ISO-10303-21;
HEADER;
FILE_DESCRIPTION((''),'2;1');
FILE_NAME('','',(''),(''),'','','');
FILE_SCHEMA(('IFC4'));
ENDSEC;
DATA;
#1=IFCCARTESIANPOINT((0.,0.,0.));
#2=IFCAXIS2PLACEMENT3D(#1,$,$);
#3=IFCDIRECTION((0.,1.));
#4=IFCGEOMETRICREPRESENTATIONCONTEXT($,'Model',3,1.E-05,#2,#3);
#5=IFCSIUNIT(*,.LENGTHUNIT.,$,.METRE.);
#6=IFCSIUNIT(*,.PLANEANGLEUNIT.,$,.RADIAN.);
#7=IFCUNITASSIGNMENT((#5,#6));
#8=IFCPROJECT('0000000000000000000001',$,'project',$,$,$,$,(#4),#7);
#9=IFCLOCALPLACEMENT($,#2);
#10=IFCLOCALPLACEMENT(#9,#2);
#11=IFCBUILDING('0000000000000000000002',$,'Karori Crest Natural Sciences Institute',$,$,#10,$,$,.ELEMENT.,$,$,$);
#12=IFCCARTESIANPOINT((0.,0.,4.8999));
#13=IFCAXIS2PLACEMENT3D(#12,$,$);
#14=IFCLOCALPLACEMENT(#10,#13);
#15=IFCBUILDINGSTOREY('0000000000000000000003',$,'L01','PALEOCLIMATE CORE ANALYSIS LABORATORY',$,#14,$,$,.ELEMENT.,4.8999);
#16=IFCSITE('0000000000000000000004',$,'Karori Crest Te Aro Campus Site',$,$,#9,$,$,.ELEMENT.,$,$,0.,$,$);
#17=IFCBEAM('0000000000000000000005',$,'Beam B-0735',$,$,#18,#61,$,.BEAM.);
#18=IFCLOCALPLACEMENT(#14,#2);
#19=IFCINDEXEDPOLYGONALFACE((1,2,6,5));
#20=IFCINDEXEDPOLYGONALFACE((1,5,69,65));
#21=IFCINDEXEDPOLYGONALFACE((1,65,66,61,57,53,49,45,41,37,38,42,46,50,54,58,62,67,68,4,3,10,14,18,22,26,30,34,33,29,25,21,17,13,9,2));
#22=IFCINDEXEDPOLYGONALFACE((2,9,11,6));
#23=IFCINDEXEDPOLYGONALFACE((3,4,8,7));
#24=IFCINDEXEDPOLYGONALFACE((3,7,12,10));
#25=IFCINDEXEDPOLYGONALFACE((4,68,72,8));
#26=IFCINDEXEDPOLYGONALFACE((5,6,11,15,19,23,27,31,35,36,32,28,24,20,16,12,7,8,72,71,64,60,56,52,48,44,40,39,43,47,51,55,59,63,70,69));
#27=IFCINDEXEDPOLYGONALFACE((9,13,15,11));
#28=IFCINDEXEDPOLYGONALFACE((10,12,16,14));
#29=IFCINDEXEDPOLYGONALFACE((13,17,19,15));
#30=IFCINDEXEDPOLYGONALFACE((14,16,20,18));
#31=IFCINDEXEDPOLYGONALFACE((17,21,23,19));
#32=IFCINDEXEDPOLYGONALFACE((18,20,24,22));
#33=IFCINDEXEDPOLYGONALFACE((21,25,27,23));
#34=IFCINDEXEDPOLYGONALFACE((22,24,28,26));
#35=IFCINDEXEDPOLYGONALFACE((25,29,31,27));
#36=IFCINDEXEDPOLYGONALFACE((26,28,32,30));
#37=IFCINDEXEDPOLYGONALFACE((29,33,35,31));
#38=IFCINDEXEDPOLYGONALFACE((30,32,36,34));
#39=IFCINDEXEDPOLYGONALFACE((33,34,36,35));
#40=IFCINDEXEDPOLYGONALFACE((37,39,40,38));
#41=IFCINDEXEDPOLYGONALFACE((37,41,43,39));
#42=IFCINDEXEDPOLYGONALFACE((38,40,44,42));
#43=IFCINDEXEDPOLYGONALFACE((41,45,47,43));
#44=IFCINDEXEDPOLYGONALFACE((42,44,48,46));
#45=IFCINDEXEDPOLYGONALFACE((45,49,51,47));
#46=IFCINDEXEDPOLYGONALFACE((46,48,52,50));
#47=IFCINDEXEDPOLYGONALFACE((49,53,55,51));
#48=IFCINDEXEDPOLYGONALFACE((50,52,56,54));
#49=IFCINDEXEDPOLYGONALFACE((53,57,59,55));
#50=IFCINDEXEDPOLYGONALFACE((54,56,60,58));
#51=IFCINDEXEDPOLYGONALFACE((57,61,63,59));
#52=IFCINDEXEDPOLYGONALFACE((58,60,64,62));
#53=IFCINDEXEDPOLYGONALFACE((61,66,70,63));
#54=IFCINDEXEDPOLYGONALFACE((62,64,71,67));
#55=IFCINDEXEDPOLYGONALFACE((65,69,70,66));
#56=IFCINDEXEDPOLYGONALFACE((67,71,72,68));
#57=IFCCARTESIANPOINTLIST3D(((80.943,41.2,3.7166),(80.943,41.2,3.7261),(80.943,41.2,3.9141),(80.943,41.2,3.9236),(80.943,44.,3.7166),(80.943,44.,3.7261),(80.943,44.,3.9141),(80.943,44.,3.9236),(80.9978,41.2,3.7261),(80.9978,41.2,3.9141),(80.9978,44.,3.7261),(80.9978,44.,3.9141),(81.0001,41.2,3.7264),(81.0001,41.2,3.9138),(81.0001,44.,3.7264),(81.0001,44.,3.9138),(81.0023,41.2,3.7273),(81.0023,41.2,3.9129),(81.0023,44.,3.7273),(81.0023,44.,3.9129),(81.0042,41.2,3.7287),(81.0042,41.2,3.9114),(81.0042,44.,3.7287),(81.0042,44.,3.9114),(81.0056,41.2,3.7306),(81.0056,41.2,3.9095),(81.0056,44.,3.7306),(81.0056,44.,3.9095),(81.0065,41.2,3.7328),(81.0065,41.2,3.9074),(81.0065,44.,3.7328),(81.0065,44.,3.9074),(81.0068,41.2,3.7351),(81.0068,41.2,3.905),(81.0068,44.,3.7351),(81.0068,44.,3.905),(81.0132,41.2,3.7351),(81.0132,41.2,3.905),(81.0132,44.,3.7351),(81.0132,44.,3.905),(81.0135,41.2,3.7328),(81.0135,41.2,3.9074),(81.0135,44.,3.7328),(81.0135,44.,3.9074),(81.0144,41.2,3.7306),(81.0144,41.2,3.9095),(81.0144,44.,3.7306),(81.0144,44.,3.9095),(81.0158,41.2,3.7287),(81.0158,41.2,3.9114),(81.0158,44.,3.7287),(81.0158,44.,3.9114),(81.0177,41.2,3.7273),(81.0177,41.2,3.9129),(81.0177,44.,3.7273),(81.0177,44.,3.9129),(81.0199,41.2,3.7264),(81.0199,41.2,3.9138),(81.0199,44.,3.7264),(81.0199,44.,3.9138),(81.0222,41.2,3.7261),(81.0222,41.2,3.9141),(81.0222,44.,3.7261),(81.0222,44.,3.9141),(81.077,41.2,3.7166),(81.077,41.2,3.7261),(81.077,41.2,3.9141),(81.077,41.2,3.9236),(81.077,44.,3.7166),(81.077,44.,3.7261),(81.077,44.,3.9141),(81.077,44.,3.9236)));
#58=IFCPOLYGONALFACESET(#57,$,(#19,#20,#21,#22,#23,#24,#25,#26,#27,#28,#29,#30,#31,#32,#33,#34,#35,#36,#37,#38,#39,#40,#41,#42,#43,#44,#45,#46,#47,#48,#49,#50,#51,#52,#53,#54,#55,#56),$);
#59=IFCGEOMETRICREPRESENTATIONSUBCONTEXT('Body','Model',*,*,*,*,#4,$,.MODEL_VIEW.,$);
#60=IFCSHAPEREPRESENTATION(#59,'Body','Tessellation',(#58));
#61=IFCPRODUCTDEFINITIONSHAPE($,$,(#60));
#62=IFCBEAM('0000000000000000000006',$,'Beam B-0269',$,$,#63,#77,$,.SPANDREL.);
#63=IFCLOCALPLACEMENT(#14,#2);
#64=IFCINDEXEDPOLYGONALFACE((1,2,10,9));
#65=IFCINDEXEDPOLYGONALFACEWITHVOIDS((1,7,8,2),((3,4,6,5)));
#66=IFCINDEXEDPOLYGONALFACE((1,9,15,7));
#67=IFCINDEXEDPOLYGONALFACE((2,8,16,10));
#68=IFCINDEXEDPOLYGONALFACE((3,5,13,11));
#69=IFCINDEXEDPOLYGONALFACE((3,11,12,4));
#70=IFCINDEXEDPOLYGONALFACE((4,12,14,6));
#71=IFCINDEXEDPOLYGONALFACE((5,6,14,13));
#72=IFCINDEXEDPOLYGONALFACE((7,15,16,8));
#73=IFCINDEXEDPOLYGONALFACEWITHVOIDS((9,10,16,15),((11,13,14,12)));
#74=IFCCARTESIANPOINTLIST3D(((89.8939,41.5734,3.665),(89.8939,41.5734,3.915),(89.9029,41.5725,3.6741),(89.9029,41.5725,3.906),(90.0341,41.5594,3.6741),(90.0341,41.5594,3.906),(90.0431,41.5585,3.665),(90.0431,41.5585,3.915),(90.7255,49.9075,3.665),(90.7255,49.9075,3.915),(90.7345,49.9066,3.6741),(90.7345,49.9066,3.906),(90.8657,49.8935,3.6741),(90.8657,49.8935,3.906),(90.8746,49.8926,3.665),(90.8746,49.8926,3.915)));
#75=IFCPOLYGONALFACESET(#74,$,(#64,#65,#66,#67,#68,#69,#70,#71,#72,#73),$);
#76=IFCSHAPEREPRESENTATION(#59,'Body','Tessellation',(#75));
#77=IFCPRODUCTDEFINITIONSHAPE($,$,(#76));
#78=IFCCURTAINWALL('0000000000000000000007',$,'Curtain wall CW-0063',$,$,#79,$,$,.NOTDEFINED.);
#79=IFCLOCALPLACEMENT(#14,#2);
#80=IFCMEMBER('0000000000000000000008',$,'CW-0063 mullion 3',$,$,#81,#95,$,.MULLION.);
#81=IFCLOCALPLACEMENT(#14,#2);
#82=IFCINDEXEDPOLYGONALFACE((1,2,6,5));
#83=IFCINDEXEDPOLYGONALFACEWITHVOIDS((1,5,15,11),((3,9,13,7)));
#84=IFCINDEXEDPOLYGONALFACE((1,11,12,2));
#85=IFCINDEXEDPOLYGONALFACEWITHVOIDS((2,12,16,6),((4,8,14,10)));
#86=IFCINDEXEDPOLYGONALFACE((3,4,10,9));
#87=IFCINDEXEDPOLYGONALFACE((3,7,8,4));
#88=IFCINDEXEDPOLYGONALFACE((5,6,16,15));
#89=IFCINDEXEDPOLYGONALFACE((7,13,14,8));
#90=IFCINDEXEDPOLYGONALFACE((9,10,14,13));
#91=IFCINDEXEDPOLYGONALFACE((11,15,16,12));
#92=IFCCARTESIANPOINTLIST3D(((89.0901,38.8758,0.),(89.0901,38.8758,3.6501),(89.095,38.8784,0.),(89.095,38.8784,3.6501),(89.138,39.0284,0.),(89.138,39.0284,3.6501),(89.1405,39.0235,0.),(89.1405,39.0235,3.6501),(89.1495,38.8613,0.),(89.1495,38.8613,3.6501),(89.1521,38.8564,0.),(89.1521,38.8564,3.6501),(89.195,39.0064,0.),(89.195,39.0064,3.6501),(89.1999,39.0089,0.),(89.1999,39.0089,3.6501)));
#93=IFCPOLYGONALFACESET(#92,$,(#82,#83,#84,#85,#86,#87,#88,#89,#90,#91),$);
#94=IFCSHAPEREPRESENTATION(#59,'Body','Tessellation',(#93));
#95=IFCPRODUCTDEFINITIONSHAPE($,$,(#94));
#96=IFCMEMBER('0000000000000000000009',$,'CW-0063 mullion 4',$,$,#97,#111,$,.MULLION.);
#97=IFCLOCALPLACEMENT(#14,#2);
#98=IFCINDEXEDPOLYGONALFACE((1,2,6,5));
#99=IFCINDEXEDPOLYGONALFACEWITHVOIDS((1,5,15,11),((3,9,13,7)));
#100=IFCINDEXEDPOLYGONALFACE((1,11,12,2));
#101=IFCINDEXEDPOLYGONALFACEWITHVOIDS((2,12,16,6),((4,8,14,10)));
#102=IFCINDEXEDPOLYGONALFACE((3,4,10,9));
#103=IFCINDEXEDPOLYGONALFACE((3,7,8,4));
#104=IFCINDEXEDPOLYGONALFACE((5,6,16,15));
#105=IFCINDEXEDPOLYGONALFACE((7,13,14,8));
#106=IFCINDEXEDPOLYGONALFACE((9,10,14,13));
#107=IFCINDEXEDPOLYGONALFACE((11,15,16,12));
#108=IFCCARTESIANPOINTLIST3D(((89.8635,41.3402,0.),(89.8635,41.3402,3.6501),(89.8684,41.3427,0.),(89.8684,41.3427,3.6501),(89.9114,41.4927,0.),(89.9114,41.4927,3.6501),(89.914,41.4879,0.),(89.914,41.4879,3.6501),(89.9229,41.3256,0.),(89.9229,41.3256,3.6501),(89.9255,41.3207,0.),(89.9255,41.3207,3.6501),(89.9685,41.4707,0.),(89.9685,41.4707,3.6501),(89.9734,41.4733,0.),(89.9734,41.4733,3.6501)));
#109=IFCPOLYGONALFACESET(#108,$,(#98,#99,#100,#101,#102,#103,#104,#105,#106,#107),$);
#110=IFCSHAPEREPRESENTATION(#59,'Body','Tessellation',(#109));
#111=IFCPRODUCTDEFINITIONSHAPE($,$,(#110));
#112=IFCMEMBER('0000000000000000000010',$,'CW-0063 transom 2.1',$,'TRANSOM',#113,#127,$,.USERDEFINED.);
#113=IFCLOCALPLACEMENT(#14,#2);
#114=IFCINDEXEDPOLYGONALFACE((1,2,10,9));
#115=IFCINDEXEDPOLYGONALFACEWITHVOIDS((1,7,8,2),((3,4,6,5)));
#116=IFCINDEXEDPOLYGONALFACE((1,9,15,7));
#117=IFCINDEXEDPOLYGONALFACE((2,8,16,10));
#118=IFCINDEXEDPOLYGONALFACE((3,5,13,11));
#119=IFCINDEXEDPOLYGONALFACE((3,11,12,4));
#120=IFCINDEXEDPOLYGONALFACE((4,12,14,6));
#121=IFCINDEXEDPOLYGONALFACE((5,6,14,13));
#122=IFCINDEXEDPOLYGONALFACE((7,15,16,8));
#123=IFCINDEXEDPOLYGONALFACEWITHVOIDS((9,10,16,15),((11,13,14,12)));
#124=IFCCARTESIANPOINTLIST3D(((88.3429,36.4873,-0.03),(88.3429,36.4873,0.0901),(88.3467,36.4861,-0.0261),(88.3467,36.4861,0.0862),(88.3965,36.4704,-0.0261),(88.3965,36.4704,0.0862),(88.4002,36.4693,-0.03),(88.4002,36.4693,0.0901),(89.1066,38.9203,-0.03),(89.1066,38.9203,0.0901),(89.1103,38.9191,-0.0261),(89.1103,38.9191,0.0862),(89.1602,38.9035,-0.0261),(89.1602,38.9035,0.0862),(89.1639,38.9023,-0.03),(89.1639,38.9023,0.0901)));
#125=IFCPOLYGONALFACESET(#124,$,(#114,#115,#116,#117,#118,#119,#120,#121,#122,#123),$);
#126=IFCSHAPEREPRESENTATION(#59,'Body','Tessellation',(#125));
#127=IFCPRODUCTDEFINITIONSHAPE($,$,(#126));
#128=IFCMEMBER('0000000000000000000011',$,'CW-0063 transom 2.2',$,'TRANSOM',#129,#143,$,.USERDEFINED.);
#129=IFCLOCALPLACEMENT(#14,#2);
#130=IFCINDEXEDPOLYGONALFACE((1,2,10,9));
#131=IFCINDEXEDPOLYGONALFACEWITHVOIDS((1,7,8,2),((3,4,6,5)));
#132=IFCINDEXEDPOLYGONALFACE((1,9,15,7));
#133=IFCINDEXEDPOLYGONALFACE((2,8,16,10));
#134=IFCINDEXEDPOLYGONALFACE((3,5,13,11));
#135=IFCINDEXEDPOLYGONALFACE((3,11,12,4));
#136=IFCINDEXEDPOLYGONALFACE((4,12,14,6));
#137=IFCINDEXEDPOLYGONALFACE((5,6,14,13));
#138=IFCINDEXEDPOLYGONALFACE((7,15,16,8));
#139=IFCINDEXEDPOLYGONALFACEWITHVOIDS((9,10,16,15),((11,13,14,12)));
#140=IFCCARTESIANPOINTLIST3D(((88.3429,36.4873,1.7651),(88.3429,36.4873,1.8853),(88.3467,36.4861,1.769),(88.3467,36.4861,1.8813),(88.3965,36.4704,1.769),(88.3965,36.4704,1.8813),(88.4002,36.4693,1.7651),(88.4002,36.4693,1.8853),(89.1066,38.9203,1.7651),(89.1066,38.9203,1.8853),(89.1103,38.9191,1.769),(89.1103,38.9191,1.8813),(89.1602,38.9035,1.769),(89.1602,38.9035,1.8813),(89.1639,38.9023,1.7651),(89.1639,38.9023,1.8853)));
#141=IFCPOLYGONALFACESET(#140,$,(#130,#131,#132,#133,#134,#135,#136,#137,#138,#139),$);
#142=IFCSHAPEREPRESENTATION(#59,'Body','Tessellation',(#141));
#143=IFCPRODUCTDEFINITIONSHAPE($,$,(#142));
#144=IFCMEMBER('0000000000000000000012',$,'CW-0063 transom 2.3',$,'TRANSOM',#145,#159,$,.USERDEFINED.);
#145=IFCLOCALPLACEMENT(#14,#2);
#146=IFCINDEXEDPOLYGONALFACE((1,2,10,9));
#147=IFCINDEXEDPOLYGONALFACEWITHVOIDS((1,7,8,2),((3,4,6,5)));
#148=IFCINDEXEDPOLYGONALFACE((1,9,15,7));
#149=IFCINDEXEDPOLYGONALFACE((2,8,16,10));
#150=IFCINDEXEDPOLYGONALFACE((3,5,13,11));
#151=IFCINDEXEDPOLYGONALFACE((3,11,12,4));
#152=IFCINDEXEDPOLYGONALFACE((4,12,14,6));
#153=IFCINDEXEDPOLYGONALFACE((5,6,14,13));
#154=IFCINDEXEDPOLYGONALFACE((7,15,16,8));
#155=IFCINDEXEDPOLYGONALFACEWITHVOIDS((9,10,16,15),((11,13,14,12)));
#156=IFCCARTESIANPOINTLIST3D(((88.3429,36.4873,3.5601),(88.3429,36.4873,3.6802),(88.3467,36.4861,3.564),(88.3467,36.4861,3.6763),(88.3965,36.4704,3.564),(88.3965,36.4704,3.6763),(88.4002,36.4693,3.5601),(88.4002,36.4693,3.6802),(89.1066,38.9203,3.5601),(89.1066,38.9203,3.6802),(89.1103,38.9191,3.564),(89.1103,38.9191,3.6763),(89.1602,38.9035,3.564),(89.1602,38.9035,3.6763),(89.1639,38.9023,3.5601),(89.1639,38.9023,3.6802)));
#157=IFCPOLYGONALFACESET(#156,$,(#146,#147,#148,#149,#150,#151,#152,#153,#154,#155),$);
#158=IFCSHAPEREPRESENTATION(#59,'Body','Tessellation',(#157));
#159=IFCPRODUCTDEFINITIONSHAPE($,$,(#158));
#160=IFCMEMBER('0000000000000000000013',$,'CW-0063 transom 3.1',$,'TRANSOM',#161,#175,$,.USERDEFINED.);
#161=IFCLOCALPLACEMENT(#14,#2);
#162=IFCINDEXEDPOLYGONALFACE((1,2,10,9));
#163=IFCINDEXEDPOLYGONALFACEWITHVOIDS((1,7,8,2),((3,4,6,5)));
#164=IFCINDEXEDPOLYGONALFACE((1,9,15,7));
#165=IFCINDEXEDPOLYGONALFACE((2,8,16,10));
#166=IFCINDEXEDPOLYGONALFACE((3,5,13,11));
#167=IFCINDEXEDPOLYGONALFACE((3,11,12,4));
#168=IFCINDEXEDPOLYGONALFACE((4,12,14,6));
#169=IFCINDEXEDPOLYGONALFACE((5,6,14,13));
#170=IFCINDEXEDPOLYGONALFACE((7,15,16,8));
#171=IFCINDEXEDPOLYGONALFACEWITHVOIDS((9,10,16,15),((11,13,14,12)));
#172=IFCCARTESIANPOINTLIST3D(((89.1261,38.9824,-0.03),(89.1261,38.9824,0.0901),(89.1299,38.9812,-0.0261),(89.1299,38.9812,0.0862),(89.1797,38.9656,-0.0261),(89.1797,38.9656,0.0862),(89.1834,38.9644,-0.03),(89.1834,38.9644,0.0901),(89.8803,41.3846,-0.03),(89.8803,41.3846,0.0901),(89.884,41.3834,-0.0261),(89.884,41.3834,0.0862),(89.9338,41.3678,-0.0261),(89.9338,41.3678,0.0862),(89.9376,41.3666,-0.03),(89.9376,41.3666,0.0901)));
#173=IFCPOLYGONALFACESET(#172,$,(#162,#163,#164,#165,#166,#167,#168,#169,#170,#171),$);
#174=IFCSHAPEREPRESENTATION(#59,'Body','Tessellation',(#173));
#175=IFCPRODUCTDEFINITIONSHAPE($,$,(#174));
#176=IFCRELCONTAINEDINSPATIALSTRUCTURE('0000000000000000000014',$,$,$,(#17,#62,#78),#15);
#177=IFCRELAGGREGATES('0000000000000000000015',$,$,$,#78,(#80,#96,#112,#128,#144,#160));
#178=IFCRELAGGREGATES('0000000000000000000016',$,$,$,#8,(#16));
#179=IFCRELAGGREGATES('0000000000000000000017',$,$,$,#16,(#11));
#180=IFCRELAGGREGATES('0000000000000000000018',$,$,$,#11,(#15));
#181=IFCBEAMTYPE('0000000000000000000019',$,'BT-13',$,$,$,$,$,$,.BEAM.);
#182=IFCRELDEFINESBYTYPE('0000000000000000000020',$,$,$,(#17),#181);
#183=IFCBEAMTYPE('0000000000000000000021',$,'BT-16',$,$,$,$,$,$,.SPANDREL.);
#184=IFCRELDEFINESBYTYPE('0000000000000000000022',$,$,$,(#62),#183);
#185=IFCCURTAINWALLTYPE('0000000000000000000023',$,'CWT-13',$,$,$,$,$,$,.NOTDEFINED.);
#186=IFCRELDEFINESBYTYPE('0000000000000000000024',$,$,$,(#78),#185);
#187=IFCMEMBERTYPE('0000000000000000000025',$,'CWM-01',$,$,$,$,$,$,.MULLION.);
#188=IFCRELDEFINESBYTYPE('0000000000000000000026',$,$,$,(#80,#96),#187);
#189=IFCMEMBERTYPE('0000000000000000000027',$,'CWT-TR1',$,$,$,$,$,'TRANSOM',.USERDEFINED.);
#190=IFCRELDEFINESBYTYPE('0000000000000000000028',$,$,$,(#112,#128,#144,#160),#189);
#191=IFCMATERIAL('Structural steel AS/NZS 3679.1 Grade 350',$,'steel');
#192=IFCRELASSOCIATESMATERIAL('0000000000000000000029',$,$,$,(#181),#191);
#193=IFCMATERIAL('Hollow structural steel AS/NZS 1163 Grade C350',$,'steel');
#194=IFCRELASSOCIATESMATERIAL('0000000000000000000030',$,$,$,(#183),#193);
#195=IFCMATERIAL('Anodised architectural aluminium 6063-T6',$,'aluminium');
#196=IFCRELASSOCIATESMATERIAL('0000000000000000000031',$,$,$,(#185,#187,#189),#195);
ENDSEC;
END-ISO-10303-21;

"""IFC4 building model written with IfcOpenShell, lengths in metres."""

from ifc_helpers import new_model, si_unit, direction, frame, origin, origin_2d, place, context, subcontext, project, spatial, hollow_rectangle, i_section, extrude, material, material_profile, profile_set, type_object, element, aggregate, save


model = new_model("IFC4")

# Units and contexts
model_context = context("Model", 3, precision=1e-05, world=origin(), true_north=direction((0.0, 1.0)))
body_context = subcontext(model_context, "Body", "Model", "MODEL_VIEW")
ifc_project = project(units=[si_unit("LENGTHUNIT", "METRE"), si_unit("PLANEANGLEUNIT", "RADIAN")], contexts=[model_context])

# Site, building, storey
site_placement = place(None, origin())
site = spatial("IfcSite", under=ifc_project, at=site_placement, Name="Karori Crest Te Aro Campus Site", CompositionType="ELEMENT", RefElevation=0.0)
building_placement = place(site_placement, origin())
building = spatial("IfcBuilding", under=site, at=building_placement, Name="Karori Crest Natural Sciences Institute", CompositionType="ELEMENT")
storey_placement = place(building_placement, frame((0.0, 0.0, 4.8999)))
storey = spatial("IfcBuildingStorey", under=building, at=storey_placement, Name="L01", Description="PALEOCLIMATE CORE ANALYSIS LABORATORY", CompositionType="ELEMENT", Elevation=4.8999)

# Shared definitions
ifc_material_1 = material(Name="Hollow structural steel AS/NZS 1163 Grade C350", Category="steel")

# Beams
ifc_material_2 = material(Name="Structural steel AS/NZS 3679.1 Grade 350", Category="steel")
ifc_material_profile_1 = material_profile(ifc_material_2, i_section(OverallWidth=0.134, OverallDepth=0.207, WebThickness=0.0063, FlangeThickness=0.0095, FilletRadius=0.009, at=origin_2d()), Name="200UB29.8")
ifc_profile_set_1 = profile_set([ifc_material_profile_1], Name="Structural steel AS/NZS 3679.1 Grade 350")
beam_type_1 = type_object("IfcBeamType", Name="BT-13", PredefinedType="BEAM", material=ifc_profile_set_1)
beam_1_placement = place(storey_placement, frame((81.01, 41.2, 3.8201), z_axis=(0.0, 1.0, 0.0), x_axis=(-1.0, 0.0, 0.0)))
element("IfcBeam", 1, at=beam_1_placement, inside=storey, type_object=beam_type_1, Name="Beam B-0735", PredefinedType="BEAM", context=body_context, shape_type="SweptSolid", body=[
    extrude(i_section(OverallWidth=0.134, OverallDepth=0.207, WebThickness=0.0063, FlangeThickness=0.0095, FilletRadius=0.009, at=origin_2d()), origin(), (0.0, 0.0, 1.0), 2.8),
])
ifc_material_profile_2 = material_profile(ifc_material_1, hollow_rectangle(XDim=0.1499, YDim=0.25, WallThickness=0.009, at=origin_2d()), Name="RHS250x150x9")
ifc_profile_set_2 = profile_set([ifc_material_profile_2], Name="Hollow structural steel AS/NZS 1163 Grade C350")
beam_type_2 = type_object("IfcBeamType", Name="BT-16", PredefinedType="SPANDREL", material=ifc_profile_set_2)
beam_2_placement = place(storey_placement, frame((89.9685, 41.5659, 3.79), z_axis=(0.099284, 0.995059, 0.0), x_axis=(-0.995059, 0.099284, 0.0)))
element("IfcBeam", 2, at=beam_2_placement, inside=storey, type_object=beam_type_2, Name="Beam B-0269", PredefinedType="SPANDREL", context=body_context, shape_type="SweptSolid", body=[
    extrude(hollow_rectangle(XDim=0.1499, YDim=0.25, WallThickness=0.009, at=origin_2d()), origin(), (0.0, 0.0, 1.0), 8.3755),
])

# Curtain wall, members
ifc_material_3 = material(Name="Anodised architectural aluminium 6063-T6", Category="aluminium")
curtain_wall_type = type_object("IfcCurtainWallType", Name="CWT-13", PredefinedType="NOTDEFINED", material=ifc_material_3)
curtain_wall_placement = place(storey_placement, origin())
curtain_wall = element("IfcCurtainWall", 3, at=curtain_wall_placement, inside=storey, type_object=curtain_wall_type, Name="Curtain wall CW-0063", PredefinedType="NOTDEFINED")
ifc_material_profile_3 = material_profile(ifc_material_3, hollow_rectangle(XDim=0.0649, YDim=0.1599, WallThickness=0.0039, at=origin_2d()), Name="CWM160x65x4")
ifc_profile_set_3 = profile_set([ifc_material_profile_3], Name="Anodised architectural aluminium 6063-T6")
member_type_1 = type_object("IfcMemberType", Name="CWM-01", PredefinedType="MULLION", material=ifc_profile_set_3)
member_1_placement = place(storey_placement, frame((89.145, 38.9424, 0.0), z_axis=(0.0, 0.0, 1.0), x_axis=(-0.954104, 0.299477, 0.0)))
member_1 = element("IfcMember", 4, at=member_1_placement, type_object=member_type_1, Name="CW-0063 mullion 3", PredefinedType="MULLION", context=body_context, shape_type="SweptSolid", body=[
    extrude(hollow_rectangle(XDim=0.0649, YDim=0.1599, WallThickness=0.0039, at=origin_2d()), origin(), (0.0, 0.0, 1.0), 3.6501),
])
member_2_placement = place(storey_placement, frame((89.9185, 41.4067, 0.0), z_axis=(0.0, 0.0, 1.0), x_axis=(-0.954104, 0.299477, 0.0)))
member_2 = element("IfcMember", 5, at=member_2_placement, type_object=member_type_1, Name="CW-0063 mullion 4", PredefinedType="MULLION", context=body_context, shape_type="SweptSolid", body=[
    extrude(hollow_rectangle(XDim=0.0649, YDim=0.1599, WallThickness=0.0039, at=origin_2d()), origin(), (0.0, 0.0, 1.0), 3.6501),
])
ifc_material_profile_4 = material_profile(ifc_material_3, hollow_rectangle(XDim=0.0601, YDim=0.1201, WallThickness=0.0039, at=origin_2d()), Name="CWT120x60x4")
ifc_profile_set_4 = profile_set([ifc_material_profile_4], Name="Anodised architectural aluminium 6063-T6")
member_type_2 = type_object("IfcMemberType", Name="CWT-TR1", ElementType="TRANSOM", PredefinedType="USERDEFINED", material=ifc_profile_set_4)
member_3_placement = place(storey_placement, frame((88.3716, 36.4783, 0.03), z_axis=(0.299463, 0.954108, 0.0), x_axis=(-0.954108, 0.299463, 0.0)))
member_3 = element("IfcMember", 6, at=member_3_placement, type_object=member_type_2, Name="CW-0063 transom 2.1", ObjectType="TRANSOM", PredefinedType="USERDEFINED", context=body_context, shape_type="SweptSolid", body=[
    extrude(hollow_rectangle(XDim=0.0601, YDim=0.1201, WallThickness=0.0039, at=origin_2d()), origin(), (0.0, 0.0, 1.0), 2.55),
])
member_4_placement = place(storey_placement, frame((88.3716, 36.4783, 1.8252), z_axis=(0.299463, 0.954108, 0.0), x_axis=(-0.954108, 0.299463, 0.0)))
member_4 = element("IfcMember", 7, at=member_4_placement, type_object=member_type_2, Name="CW-0063 transom 2.2", ObjectType="TRANSOM", PredefinedType="USERDEFINED", context=body_context, shape_type="SweptSolid", body=[
    extrude(hollow_rectangle(XDim=0.0601, YDim=0.1201, WallThickness=0.0039, at=origin_2d()), origin(), (0.0, 0.0, 1.0), 2.55),
])
member_5_placement = place(storey_placement, frame((88.3716, 36.4783, 3.6201), z_axis=(0.299463, 0.954108, 0.0), x_axis=(-0.954108, 0.299463, 0.0)))
member_5 = element("IfcMember", 8, at=member_5_placement, type_object=member_type_2, Name="CW-0063 transom 2.3", ObjectType="TRANSOM", PredefinedType="USERDEFINED", context=body_context, shape_type="SweptSolid", body=[
    extrude(hollow_rectangle(XDim=0.0601, YDim=0.1201, WallThickness=0.0039, at=origin_2d()), origin(), (0.0, 0.0, 1.0), 2.55),
])
member_6_placement = place(storey_placement, frame((89.1548, 38.9734, 0.03), z_axis=(0.299511, 0.954093, 0.0), x_axis=(-0.954093, 0.299511, 0.0)))
member_6 = element("IfcMember", 9, at=member_6_placement, type_object=member_type_2, Name="CW-0063 transom 3.1", ObjectType="TRANSOM", PredefinedType="USERDEFINED", context=body_context, shape_type="SweptSolid", body=[
    extrude(hollow_rectangle(XDim=0.0601, YDim=0.1201, WallThickness=0.0039, at=origin_2d()), origin(), (0.0, 0.0, 1.0), 2.5178),
])
aggregate(curtain_wall, [member_1, member_2, member_3, member_4, member_5, member_6])

save(model, "model.ifc")
